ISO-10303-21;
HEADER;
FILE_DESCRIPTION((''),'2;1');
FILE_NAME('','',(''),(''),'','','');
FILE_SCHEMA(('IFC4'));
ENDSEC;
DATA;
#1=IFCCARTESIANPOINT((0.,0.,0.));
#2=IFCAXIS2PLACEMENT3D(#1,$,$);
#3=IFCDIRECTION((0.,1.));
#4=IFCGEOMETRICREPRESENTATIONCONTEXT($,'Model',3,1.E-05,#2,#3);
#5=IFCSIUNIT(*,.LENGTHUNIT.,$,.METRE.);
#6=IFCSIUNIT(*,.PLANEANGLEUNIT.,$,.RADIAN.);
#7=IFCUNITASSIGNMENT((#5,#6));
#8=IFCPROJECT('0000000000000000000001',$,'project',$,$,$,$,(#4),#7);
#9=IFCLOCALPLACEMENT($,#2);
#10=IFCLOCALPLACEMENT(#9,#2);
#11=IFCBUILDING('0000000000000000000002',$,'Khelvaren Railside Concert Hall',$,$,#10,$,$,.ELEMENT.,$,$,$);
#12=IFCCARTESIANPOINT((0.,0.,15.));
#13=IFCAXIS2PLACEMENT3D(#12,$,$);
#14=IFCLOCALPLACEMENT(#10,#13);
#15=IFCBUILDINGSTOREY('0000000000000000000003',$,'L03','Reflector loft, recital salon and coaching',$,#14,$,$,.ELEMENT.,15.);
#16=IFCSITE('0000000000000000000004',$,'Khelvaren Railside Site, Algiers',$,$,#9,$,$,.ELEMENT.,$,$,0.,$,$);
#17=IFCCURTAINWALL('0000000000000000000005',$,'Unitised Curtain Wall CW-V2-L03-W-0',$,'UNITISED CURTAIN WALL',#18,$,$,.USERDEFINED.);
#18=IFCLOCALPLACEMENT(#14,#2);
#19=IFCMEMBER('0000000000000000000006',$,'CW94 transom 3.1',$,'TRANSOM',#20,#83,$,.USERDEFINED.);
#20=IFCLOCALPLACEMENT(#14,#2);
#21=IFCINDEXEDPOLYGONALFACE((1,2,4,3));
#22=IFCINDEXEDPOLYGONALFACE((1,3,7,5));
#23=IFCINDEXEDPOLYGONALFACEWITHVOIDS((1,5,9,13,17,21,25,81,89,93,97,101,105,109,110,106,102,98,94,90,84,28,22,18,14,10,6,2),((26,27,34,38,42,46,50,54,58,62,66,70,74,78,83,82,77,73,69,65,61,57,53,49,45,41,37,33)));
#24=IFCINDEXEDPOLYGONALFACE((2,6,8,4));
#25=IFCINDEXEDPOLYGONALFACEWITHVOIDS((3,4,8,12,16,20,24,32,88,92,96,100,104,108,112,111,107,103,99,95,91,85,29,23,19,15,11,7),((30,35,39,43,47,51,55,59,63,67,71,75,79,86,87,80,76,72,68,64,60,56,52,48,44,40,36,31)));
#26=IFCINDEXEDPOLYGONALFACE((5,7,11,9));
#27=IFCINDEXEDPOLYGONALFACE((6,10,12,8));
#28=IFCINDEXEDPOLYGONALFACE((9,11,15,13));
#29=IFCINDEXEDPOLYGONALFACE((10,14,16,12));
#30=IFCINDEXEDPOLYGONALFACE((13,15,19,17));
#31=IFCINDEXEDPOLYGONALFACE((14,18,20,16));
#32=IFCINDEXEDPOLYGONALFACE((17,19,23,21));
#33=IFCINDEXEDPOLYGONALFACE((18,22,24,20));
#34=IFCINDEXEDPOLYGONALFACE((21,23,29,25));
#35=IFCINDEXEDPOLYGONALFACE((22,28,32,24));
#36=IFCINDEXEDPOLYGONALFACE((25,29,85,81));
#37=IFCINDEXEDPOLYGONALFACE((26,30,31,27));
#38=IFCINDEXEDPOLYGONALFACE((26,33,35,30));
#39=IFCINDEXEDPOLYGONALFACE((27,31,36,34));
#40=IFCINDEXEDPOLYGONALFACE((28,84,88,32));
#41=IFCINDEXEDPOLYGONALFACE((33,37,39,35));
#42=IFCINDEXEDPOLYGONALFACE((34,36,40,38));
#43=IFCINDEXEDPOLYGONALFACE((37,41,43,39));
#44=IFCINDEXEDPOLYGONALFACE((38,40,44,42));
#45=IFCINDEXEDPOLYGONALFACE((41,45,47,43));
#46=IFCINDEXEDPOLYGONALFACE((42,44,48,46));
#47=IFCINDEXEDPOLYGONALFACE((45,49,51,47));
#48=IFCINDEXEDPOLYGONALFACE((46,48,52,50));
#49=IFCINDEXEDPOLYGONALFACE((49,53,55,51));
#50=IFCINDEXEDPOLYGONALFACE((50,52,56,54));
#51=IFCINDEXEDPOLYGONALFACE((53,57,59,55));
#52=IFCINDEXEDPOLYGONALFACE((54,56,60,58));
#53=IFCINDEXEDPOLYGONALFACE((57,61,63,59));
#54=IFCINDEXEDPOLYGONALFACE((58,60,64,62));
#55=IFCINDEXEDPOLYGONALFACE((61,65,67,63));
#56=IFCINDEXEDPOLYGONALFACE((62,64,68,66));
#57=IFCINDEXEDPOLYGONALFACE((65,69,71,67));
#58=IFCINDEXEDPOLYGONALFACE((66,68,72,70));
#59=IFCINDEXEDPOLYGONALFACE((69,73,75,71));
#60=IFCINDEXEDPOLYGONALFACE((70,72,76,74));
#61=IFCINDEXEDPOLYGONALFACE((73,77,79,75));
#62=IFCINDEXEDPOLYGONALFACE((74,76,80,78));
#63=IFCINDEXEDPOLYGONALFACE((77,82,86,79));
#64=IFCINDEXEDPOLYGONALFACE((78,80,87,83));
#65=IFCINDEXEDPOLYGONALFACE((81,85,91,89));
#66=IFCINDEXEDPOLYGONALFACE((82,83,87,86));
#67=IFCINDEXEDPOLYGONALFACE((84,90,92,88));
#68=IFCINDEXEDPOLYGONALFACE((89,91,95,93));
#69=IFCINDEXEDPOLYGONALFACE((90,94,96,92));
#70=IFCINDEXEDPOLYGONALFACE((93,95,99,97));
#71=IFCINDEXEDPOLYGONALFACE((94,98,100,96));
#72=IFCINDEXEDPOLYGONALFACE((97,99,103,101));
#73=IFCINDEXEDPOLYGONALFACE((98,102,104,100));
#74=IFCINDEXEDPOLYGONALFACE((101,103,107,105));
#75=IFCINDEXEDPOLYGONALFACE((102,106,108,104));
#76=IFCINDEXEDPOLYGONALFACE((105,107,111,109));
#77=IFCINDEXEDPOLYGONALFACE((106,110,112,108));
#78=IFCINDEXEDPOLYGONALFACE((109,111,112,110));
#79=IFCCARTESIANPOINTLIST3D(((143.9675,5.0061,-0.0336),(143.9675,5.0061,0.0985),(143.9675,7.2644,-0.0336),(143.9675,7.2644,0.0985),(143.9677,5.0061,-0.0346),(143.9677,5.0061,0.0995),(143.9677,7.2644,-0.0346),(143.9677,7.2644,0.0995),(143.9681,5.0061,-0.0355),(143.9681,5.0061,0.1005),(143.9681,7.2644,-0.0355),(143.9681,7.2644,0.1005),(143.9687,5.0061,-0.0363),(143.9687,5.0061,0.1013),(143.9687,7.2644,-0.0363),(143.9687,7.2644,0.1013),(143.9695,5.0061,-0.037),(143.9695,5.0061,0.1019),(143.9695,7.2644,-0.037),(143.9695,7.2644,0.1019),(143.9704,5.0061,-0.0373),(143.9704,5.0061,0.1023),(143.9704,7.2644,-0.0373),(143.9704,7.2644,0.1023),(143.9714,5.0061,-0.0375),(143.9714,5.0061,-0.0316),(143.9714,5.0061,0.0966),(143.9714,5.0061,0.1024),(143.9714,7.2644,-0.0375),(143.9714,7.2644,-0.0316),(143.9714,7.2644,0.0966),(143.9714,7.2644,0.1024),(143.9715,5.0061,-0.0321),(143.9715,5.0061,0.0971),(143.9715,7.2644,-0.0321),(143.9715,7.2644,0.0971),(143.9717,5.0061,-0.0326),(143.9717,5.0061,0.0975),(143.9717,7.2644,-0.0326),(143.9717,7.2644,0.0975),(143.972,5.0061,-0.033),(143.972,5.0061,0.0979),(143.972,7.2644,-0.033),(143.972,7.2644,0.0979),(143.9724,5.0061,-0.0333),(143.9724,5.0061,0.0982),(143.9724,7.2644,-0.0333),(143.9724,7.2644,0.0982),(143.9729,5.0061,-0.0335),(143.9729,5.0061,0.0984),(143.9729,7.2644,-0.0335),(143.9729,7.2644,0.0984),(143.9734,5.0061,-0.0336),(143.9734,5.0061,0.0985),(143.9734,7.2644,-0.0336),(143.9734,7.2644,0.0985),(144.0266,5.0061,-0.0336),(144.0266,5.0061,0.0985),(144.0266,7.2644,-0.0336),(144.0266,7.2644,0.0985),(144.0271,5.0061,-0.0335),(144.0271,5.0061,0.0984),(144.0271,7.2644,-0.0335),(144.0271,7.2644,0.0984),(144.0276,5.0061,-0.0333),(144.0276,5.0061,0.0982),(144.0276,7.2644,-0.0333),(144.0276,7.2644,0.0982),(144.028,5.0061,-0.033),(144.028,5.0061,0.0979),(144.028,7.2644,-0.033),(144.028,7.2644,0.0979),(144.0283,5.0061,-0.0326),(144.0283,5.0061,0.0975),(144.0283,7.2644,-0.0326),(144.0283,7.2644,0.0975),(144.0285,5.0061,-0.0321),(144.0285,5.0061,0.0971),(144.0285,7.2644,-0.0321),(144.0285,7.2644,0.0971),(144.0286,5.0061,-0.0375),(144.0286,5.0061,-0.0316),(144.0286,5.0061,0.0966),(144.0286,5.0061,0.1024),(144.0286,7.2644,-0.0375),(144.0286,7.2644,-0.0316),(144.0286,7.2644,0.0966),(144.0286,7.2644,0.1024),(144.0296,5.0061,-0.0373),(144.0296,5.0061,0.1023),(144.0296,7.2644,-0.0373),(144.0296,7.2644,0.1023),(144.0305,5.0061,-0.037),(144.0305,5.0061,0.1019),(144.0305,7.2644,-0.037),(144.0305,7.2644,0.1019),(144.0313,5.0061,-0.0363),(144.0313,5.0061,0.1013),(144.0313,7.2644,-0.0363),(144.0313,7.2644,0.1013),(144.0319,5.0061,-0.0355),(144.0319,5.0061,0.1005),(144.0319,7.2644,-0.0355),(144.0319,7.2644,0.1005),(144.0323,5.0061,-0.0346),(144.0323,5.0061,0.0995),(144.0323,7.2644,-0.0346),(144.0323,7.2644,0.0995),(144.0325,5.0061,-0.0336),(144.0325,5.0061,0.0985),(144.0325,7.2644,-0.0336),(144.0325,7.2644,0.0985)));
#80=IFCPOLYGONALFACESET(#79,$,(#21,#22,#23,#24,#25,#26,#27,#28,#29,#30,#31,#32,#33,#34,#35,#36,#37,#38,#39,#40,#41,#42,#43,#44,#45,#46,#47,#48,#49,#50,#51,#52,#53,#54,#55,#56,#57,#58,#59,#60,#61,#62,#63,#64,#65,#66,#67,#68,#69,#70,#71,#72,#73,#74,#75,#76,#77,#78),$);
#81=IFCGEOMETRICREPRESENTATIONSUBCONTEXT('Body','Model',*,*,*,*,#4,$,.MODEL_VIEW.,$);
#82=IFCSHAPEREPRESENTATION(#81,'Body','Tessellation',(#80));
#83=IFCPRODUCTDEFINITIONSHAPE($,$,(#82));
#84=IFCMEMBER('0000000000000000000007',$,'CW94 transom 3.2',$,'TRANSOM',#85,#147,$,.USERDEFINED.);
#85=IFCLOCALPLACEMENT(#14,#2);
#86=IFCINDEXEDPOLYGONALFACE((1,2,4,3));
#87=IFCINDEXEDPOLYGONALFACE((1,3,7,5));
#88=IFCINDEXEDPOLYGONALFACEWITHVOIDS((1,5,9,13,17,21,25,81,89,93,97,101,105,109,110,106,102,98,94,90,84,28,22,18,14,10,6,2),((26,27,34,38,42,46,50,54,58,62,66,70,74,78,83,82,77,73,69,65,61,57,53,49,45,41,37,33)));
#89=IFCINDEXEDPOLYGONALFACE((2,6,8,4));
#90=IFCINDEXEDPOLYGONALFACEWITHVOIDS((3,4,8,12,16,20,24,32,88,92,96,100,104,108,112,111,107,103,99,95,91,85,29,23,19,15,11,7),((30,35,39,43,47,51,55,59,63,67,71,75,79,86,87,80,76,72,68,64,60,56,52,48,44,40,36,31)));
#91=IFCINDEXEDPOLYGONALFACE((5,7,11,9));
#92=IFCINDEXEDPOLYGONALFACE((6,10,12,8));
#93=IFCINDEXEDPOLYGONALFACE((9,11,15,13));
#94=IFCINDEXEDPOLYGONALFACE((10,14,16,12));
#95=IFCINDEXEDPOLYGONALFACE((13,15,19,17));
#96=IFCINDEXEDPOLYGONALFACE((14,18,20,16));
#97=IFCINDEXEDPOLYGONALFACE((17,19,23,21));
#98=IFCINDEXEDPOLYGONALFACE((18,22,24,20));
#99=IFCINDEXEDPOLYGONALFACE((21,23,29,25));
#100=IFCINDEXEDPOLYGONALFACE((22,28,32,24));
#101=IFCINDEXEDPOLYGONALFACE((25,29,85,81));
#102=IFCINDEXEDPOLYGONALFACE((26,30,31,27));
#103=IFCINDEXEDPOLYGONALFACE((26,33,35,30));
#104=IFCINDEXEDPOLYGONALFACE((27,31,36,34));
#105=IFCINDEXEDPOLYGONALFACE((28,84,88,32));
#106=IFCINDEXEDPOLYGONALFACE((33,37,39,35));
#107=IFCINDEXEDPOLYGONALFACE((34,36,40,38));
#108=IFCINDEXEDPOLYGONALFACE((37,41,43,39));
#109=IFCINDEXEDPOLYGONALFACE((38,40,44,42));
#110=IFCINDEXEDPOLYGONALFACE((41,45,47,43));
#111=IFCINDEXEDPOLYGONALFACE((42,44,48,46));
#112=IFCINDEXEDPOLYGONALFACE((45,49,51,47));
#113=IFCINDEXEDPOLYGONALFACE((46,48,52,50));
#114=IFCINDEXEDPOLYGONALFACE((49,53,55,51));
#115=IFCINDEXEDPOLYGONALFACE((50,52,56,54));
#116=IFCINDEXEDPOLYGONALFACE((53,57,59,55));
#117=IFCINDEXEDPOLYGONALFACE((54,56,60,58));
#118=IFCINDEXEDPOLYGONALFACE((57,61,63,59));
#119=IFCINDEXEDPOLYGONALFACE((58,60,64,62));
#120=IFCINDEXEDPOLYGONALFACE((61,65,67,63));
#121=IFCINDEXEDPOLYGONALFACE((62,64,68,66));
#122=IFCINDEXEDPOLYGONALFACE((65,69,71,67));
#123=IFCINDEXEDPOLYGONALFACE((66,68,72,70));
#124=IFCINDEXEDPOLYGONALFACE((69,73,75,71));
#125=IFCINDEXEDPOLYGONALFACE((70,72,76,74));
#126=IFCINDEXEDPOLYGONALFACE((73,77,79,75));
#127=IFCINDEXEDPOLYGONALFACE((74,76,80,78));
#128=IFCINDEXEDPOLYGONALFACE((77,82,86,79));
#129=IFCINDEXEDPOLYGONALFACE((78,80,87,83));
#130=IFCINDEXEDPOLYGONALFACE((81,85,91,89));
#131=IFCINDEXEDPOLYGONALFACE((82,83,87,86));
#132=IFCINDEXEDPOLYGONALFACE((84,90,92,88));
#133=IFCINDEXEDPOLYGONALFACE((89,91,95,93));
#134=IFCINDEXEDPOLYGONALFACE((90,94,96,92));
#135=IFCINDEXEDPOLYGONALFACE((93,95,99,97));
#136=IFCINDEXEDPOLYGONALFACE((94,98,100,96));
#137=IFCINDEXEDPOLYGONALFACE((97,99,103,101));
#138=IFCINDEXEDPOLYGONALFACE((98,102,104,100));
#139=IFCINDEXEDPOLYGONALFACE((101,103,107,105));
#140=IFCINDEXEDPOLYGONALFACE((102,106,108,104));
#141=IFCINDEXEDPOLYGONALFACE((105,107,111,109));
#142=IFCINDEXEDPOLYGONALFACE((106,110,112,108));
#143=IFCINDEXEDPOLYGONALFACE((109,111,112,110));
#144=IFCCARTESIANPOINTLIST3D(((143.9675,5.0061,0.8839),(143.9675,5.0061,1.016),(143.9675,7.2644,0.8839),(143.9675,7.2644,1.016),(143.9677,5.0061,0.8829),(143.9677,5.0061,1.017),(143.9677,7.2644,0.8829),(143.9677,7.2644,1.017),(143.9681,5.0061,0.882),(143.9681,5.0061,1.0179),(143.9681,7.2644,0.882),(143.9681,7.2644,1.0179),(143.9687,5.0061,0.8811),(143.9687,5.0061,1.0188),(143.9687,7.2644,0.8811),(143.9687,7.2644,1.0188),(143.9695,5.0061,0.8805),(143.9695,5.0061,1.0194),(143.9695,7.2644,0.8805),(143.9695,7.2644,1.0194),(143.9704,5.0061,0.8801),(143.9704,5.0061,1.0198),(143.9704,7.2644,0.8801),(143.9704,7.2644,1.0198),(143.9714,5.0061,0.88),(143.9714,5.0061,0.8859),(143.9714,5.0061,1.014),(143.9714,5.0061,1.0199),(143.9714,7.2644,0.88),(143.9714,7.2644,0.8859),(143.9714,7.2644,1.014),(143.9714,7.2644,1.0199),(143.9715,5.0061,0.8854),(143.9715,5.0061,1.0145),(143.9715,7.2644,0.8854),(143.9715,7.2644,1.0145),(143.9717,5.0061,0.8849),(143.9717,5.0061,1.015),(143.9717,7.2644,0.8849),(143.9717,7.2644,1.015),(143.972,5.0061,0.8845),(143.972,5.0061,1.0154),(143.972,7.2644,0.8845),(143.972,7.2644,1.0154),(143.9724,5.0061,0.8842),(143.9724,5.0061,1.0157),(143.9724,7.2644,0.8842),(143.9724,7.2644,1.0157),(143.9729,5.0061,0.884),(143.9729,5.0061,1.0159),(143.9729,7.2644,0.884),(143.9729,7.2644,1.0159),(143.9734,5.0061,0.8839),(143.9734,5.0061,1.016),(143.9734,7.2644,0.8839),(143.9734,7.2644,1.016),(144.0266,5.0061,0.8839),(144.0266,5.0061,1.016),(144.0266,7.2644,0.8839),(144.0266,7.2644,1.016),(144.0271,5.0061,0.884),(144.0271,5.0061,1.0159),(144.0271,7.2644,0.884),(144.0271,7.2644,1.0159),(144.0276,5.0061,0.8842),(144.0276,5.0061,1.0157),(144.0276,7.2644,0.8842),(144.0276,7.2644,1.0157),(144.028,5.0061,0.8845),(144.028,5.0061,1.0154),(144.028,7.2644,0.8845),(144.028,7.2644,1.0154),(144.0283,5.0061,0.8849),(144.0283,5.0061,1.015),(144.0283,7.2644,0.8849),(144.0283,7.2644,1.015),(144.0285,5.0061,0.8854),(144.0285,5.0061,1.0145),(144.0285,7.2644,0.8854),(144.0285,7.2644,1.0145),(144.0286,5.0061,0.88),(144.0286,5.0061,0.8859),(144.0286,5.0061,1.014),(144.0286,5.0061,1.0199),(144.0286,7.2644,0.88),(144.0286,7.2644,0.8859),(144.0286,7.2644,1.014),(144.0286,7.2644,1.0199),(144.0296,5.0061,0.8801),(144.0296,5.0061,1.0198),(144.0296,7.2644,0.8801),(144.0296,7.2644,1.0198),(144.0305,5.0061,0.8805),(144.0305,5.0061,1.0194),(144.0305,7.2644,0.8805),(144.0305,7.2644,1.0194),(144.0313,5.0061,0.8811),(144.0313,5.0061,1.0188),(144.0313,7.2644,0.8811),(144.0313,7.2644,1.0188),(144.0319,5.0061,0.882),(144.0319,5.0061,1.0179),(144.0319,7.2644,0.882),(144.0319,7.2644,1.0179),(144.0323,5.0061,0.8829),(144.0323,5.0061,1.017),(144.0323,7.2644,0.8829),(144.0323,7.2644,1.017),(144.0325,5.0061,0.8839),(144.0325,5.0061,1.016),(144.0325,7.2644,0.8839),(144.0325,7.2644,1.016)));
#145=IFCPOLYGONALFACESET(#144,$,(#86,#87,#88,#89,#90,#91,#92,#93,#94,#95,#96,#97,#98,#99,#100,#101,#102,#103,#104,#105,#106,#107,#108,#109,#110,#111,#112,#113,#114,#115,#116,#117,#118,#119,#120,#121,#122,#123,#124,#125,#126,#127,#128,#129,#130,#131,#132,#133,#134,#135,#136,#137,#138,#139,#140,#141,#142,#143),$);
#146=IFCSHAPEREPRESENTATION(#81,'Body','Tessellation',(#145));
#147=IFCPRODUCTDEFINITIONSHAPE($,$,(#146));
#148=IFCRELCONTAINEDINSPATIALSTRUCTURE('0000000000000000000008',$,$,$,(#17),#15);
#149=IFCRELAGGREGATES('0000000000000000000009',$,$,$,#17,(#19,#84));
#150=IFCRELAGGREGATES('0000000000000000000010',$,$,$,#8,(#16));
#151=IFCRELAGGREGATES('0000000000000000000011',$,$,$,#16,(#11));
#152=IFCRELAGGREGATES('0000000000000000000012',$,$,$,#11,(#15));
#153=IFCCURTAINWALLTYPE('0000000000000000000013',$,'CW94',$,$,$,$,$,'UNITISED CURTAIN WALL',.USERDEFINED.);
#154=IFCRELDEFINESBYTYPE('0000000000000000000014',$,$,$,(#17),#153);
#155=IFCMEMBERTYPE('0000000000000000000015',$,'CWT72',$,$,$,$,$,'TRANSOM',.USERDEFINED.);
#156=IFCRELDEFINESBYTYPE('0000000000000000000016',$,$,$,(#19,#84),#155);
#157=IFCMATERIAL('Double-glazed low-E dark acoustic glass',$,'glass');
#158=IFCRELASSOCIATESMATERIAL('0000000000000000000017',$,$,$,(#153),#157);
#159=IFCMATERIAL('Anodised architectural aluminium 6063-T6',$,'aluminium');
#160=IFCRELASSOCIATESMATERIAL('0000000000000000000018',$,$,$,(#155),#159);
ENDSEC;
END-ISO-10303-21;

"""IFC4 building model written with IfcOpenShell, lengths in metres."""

from ifc_helpers import new_model, si_unit, direction, frame, origin, origin_2d, place, context, subcontext, project, spatial, hollow_rectangle, extrude, material, material_profile, profile_set, type_object, element, aggregate, save


model = new_model("IFC4")

# Units and contexts
model_context = context("Model", 3, precision=1e-05, world=origin(), true_north=direction((0.0, 1.0)))
body_context = subcontext(model_context, "Body", "Model", "MODEL_VIEW")
ifc_project = project(units=[si_unit("LENGTHUNIT", "METRE"), si_unit("PLANEANGLEUNIT", "RADIAN")], contexts=[model_context])

# Site, building, storey
site_placement = place(None, origin())
site = spatial("IfcSite", under=ifc_project, at=site_placement, Name="Khelvaren Railside Site, Algiers", CompositionType="ELEMENT", RefElevation=0.0)
building_placement = place(site_placement, origin())
building = spatial("IfcBuilding", under=site, at=building_placement, Name="Khelvaren Railside Concert Hall", CompositionType="ELEMENT")
storey_placement = place(building_placement, frame((0.0, 0.0, 15.0)))
storey = spatial("IfcBuildingStorey", under=building, at=storey_placement, Name="L03", Description="Reflector loft, recital salon and coaching", CompositionType="ELEMENT", Elevation=15.0)

# Curtain wall, members
ifc_material_1 = material(Name="Double-glazed low-E dark acoustic glass", Category="glass")
curtain_wall_type = type_object("IfcCurtainWallType", Name="CW94", ElementType="UNITISED CURTAIN WALL", PredefinedType="USERDEFINED", material=ifc_material_1)
curtain_wall_placement = place(storey_placement, origin())
curtain_wall = element("IfcCurtainWall", 1, at=curtain_wall_placement, inside=storey, type_object=curtain_wall_type, Name="Unitised Curtain Wall CW-V2-L03-W-0", ObjectType="UNITISED CURTAIN WALL", PredefinedType="USERDEFINED")
ifc_material_2 = material(Name="Anodised architectural aluminium 6063-T6", Category="aluminium")
ifc_material_profile_1 = material_profile(ifc_material_2, hollow_rectangle(XDim=0.0649, YDim=0.1399, WallThickness=0.0039, InnerFilletRadius=0.002, OuterFilletRadius=0.0039, at=origin_2d()), Name="CWT 65x140x4")
ifc_profile_set_1 = profile_set([ifc_material_profile_1], Name="Anodised architectural aluminium 6063-T6")
member_type_1 = type_object("IfcMemberType", Name="CWT72", ElementType="TRANSOM", PredefinedType="USERDEFINED", material=ifc_profile_set_1)
member_1_placement = place(storey_placement, frame((144.0, 5.0061, 0.0325), z_axis=(0.0, 1.0, 0.0), x_axis=(-1.0, 0.0, 0.0)))
member_1 = element("IfcMember", 2, at=member_1_placement, type_object=member_type_1, Name="CW94 transom 3.1", ObjectType="TRANSOM", PredefinedType="USERDEFINED", context=body_context, shape_type="SweptSolid", body=[
    extrude(hollow_rectangle(XDim=0.0649, YDim=0.1399, WallThickness=0.0039, InnerFilletRadius=0.002, OuterFilletRadius=0.0039, at=origin_2d()), origin(), (0.0, 0.0, 1.0), 2.2583),
])
member_2_placement = place(storey_placement, frame((144.0, 5.0061, 0.95), z_axis=(0.0, 1.0, 0.0), x_axis=(-1.0, 0.0, 0.0)))
member_2 = element("IfcMember", 3, at=member_2_placement, type_object=member_type_1, Name="CW94 transom 3.2", ObjectType="TRANSOM", PredefinedType="USERDEFINED", context=body_context, shape_type="SweptSolid", body=[
    extrude(hollow_rectangle(XDim=0.0649, YDim=0.1399, WallThickness=0.0039, InnerFilletRadius=0.002, OuterFilletRadius=0.0039, at=origin_2d()), origin(), (0.0, 0.0, 1.0), 2.2583),
])

aggregate(curtain_wall, [member_1, member_2])

save(model, "model.ifc")
